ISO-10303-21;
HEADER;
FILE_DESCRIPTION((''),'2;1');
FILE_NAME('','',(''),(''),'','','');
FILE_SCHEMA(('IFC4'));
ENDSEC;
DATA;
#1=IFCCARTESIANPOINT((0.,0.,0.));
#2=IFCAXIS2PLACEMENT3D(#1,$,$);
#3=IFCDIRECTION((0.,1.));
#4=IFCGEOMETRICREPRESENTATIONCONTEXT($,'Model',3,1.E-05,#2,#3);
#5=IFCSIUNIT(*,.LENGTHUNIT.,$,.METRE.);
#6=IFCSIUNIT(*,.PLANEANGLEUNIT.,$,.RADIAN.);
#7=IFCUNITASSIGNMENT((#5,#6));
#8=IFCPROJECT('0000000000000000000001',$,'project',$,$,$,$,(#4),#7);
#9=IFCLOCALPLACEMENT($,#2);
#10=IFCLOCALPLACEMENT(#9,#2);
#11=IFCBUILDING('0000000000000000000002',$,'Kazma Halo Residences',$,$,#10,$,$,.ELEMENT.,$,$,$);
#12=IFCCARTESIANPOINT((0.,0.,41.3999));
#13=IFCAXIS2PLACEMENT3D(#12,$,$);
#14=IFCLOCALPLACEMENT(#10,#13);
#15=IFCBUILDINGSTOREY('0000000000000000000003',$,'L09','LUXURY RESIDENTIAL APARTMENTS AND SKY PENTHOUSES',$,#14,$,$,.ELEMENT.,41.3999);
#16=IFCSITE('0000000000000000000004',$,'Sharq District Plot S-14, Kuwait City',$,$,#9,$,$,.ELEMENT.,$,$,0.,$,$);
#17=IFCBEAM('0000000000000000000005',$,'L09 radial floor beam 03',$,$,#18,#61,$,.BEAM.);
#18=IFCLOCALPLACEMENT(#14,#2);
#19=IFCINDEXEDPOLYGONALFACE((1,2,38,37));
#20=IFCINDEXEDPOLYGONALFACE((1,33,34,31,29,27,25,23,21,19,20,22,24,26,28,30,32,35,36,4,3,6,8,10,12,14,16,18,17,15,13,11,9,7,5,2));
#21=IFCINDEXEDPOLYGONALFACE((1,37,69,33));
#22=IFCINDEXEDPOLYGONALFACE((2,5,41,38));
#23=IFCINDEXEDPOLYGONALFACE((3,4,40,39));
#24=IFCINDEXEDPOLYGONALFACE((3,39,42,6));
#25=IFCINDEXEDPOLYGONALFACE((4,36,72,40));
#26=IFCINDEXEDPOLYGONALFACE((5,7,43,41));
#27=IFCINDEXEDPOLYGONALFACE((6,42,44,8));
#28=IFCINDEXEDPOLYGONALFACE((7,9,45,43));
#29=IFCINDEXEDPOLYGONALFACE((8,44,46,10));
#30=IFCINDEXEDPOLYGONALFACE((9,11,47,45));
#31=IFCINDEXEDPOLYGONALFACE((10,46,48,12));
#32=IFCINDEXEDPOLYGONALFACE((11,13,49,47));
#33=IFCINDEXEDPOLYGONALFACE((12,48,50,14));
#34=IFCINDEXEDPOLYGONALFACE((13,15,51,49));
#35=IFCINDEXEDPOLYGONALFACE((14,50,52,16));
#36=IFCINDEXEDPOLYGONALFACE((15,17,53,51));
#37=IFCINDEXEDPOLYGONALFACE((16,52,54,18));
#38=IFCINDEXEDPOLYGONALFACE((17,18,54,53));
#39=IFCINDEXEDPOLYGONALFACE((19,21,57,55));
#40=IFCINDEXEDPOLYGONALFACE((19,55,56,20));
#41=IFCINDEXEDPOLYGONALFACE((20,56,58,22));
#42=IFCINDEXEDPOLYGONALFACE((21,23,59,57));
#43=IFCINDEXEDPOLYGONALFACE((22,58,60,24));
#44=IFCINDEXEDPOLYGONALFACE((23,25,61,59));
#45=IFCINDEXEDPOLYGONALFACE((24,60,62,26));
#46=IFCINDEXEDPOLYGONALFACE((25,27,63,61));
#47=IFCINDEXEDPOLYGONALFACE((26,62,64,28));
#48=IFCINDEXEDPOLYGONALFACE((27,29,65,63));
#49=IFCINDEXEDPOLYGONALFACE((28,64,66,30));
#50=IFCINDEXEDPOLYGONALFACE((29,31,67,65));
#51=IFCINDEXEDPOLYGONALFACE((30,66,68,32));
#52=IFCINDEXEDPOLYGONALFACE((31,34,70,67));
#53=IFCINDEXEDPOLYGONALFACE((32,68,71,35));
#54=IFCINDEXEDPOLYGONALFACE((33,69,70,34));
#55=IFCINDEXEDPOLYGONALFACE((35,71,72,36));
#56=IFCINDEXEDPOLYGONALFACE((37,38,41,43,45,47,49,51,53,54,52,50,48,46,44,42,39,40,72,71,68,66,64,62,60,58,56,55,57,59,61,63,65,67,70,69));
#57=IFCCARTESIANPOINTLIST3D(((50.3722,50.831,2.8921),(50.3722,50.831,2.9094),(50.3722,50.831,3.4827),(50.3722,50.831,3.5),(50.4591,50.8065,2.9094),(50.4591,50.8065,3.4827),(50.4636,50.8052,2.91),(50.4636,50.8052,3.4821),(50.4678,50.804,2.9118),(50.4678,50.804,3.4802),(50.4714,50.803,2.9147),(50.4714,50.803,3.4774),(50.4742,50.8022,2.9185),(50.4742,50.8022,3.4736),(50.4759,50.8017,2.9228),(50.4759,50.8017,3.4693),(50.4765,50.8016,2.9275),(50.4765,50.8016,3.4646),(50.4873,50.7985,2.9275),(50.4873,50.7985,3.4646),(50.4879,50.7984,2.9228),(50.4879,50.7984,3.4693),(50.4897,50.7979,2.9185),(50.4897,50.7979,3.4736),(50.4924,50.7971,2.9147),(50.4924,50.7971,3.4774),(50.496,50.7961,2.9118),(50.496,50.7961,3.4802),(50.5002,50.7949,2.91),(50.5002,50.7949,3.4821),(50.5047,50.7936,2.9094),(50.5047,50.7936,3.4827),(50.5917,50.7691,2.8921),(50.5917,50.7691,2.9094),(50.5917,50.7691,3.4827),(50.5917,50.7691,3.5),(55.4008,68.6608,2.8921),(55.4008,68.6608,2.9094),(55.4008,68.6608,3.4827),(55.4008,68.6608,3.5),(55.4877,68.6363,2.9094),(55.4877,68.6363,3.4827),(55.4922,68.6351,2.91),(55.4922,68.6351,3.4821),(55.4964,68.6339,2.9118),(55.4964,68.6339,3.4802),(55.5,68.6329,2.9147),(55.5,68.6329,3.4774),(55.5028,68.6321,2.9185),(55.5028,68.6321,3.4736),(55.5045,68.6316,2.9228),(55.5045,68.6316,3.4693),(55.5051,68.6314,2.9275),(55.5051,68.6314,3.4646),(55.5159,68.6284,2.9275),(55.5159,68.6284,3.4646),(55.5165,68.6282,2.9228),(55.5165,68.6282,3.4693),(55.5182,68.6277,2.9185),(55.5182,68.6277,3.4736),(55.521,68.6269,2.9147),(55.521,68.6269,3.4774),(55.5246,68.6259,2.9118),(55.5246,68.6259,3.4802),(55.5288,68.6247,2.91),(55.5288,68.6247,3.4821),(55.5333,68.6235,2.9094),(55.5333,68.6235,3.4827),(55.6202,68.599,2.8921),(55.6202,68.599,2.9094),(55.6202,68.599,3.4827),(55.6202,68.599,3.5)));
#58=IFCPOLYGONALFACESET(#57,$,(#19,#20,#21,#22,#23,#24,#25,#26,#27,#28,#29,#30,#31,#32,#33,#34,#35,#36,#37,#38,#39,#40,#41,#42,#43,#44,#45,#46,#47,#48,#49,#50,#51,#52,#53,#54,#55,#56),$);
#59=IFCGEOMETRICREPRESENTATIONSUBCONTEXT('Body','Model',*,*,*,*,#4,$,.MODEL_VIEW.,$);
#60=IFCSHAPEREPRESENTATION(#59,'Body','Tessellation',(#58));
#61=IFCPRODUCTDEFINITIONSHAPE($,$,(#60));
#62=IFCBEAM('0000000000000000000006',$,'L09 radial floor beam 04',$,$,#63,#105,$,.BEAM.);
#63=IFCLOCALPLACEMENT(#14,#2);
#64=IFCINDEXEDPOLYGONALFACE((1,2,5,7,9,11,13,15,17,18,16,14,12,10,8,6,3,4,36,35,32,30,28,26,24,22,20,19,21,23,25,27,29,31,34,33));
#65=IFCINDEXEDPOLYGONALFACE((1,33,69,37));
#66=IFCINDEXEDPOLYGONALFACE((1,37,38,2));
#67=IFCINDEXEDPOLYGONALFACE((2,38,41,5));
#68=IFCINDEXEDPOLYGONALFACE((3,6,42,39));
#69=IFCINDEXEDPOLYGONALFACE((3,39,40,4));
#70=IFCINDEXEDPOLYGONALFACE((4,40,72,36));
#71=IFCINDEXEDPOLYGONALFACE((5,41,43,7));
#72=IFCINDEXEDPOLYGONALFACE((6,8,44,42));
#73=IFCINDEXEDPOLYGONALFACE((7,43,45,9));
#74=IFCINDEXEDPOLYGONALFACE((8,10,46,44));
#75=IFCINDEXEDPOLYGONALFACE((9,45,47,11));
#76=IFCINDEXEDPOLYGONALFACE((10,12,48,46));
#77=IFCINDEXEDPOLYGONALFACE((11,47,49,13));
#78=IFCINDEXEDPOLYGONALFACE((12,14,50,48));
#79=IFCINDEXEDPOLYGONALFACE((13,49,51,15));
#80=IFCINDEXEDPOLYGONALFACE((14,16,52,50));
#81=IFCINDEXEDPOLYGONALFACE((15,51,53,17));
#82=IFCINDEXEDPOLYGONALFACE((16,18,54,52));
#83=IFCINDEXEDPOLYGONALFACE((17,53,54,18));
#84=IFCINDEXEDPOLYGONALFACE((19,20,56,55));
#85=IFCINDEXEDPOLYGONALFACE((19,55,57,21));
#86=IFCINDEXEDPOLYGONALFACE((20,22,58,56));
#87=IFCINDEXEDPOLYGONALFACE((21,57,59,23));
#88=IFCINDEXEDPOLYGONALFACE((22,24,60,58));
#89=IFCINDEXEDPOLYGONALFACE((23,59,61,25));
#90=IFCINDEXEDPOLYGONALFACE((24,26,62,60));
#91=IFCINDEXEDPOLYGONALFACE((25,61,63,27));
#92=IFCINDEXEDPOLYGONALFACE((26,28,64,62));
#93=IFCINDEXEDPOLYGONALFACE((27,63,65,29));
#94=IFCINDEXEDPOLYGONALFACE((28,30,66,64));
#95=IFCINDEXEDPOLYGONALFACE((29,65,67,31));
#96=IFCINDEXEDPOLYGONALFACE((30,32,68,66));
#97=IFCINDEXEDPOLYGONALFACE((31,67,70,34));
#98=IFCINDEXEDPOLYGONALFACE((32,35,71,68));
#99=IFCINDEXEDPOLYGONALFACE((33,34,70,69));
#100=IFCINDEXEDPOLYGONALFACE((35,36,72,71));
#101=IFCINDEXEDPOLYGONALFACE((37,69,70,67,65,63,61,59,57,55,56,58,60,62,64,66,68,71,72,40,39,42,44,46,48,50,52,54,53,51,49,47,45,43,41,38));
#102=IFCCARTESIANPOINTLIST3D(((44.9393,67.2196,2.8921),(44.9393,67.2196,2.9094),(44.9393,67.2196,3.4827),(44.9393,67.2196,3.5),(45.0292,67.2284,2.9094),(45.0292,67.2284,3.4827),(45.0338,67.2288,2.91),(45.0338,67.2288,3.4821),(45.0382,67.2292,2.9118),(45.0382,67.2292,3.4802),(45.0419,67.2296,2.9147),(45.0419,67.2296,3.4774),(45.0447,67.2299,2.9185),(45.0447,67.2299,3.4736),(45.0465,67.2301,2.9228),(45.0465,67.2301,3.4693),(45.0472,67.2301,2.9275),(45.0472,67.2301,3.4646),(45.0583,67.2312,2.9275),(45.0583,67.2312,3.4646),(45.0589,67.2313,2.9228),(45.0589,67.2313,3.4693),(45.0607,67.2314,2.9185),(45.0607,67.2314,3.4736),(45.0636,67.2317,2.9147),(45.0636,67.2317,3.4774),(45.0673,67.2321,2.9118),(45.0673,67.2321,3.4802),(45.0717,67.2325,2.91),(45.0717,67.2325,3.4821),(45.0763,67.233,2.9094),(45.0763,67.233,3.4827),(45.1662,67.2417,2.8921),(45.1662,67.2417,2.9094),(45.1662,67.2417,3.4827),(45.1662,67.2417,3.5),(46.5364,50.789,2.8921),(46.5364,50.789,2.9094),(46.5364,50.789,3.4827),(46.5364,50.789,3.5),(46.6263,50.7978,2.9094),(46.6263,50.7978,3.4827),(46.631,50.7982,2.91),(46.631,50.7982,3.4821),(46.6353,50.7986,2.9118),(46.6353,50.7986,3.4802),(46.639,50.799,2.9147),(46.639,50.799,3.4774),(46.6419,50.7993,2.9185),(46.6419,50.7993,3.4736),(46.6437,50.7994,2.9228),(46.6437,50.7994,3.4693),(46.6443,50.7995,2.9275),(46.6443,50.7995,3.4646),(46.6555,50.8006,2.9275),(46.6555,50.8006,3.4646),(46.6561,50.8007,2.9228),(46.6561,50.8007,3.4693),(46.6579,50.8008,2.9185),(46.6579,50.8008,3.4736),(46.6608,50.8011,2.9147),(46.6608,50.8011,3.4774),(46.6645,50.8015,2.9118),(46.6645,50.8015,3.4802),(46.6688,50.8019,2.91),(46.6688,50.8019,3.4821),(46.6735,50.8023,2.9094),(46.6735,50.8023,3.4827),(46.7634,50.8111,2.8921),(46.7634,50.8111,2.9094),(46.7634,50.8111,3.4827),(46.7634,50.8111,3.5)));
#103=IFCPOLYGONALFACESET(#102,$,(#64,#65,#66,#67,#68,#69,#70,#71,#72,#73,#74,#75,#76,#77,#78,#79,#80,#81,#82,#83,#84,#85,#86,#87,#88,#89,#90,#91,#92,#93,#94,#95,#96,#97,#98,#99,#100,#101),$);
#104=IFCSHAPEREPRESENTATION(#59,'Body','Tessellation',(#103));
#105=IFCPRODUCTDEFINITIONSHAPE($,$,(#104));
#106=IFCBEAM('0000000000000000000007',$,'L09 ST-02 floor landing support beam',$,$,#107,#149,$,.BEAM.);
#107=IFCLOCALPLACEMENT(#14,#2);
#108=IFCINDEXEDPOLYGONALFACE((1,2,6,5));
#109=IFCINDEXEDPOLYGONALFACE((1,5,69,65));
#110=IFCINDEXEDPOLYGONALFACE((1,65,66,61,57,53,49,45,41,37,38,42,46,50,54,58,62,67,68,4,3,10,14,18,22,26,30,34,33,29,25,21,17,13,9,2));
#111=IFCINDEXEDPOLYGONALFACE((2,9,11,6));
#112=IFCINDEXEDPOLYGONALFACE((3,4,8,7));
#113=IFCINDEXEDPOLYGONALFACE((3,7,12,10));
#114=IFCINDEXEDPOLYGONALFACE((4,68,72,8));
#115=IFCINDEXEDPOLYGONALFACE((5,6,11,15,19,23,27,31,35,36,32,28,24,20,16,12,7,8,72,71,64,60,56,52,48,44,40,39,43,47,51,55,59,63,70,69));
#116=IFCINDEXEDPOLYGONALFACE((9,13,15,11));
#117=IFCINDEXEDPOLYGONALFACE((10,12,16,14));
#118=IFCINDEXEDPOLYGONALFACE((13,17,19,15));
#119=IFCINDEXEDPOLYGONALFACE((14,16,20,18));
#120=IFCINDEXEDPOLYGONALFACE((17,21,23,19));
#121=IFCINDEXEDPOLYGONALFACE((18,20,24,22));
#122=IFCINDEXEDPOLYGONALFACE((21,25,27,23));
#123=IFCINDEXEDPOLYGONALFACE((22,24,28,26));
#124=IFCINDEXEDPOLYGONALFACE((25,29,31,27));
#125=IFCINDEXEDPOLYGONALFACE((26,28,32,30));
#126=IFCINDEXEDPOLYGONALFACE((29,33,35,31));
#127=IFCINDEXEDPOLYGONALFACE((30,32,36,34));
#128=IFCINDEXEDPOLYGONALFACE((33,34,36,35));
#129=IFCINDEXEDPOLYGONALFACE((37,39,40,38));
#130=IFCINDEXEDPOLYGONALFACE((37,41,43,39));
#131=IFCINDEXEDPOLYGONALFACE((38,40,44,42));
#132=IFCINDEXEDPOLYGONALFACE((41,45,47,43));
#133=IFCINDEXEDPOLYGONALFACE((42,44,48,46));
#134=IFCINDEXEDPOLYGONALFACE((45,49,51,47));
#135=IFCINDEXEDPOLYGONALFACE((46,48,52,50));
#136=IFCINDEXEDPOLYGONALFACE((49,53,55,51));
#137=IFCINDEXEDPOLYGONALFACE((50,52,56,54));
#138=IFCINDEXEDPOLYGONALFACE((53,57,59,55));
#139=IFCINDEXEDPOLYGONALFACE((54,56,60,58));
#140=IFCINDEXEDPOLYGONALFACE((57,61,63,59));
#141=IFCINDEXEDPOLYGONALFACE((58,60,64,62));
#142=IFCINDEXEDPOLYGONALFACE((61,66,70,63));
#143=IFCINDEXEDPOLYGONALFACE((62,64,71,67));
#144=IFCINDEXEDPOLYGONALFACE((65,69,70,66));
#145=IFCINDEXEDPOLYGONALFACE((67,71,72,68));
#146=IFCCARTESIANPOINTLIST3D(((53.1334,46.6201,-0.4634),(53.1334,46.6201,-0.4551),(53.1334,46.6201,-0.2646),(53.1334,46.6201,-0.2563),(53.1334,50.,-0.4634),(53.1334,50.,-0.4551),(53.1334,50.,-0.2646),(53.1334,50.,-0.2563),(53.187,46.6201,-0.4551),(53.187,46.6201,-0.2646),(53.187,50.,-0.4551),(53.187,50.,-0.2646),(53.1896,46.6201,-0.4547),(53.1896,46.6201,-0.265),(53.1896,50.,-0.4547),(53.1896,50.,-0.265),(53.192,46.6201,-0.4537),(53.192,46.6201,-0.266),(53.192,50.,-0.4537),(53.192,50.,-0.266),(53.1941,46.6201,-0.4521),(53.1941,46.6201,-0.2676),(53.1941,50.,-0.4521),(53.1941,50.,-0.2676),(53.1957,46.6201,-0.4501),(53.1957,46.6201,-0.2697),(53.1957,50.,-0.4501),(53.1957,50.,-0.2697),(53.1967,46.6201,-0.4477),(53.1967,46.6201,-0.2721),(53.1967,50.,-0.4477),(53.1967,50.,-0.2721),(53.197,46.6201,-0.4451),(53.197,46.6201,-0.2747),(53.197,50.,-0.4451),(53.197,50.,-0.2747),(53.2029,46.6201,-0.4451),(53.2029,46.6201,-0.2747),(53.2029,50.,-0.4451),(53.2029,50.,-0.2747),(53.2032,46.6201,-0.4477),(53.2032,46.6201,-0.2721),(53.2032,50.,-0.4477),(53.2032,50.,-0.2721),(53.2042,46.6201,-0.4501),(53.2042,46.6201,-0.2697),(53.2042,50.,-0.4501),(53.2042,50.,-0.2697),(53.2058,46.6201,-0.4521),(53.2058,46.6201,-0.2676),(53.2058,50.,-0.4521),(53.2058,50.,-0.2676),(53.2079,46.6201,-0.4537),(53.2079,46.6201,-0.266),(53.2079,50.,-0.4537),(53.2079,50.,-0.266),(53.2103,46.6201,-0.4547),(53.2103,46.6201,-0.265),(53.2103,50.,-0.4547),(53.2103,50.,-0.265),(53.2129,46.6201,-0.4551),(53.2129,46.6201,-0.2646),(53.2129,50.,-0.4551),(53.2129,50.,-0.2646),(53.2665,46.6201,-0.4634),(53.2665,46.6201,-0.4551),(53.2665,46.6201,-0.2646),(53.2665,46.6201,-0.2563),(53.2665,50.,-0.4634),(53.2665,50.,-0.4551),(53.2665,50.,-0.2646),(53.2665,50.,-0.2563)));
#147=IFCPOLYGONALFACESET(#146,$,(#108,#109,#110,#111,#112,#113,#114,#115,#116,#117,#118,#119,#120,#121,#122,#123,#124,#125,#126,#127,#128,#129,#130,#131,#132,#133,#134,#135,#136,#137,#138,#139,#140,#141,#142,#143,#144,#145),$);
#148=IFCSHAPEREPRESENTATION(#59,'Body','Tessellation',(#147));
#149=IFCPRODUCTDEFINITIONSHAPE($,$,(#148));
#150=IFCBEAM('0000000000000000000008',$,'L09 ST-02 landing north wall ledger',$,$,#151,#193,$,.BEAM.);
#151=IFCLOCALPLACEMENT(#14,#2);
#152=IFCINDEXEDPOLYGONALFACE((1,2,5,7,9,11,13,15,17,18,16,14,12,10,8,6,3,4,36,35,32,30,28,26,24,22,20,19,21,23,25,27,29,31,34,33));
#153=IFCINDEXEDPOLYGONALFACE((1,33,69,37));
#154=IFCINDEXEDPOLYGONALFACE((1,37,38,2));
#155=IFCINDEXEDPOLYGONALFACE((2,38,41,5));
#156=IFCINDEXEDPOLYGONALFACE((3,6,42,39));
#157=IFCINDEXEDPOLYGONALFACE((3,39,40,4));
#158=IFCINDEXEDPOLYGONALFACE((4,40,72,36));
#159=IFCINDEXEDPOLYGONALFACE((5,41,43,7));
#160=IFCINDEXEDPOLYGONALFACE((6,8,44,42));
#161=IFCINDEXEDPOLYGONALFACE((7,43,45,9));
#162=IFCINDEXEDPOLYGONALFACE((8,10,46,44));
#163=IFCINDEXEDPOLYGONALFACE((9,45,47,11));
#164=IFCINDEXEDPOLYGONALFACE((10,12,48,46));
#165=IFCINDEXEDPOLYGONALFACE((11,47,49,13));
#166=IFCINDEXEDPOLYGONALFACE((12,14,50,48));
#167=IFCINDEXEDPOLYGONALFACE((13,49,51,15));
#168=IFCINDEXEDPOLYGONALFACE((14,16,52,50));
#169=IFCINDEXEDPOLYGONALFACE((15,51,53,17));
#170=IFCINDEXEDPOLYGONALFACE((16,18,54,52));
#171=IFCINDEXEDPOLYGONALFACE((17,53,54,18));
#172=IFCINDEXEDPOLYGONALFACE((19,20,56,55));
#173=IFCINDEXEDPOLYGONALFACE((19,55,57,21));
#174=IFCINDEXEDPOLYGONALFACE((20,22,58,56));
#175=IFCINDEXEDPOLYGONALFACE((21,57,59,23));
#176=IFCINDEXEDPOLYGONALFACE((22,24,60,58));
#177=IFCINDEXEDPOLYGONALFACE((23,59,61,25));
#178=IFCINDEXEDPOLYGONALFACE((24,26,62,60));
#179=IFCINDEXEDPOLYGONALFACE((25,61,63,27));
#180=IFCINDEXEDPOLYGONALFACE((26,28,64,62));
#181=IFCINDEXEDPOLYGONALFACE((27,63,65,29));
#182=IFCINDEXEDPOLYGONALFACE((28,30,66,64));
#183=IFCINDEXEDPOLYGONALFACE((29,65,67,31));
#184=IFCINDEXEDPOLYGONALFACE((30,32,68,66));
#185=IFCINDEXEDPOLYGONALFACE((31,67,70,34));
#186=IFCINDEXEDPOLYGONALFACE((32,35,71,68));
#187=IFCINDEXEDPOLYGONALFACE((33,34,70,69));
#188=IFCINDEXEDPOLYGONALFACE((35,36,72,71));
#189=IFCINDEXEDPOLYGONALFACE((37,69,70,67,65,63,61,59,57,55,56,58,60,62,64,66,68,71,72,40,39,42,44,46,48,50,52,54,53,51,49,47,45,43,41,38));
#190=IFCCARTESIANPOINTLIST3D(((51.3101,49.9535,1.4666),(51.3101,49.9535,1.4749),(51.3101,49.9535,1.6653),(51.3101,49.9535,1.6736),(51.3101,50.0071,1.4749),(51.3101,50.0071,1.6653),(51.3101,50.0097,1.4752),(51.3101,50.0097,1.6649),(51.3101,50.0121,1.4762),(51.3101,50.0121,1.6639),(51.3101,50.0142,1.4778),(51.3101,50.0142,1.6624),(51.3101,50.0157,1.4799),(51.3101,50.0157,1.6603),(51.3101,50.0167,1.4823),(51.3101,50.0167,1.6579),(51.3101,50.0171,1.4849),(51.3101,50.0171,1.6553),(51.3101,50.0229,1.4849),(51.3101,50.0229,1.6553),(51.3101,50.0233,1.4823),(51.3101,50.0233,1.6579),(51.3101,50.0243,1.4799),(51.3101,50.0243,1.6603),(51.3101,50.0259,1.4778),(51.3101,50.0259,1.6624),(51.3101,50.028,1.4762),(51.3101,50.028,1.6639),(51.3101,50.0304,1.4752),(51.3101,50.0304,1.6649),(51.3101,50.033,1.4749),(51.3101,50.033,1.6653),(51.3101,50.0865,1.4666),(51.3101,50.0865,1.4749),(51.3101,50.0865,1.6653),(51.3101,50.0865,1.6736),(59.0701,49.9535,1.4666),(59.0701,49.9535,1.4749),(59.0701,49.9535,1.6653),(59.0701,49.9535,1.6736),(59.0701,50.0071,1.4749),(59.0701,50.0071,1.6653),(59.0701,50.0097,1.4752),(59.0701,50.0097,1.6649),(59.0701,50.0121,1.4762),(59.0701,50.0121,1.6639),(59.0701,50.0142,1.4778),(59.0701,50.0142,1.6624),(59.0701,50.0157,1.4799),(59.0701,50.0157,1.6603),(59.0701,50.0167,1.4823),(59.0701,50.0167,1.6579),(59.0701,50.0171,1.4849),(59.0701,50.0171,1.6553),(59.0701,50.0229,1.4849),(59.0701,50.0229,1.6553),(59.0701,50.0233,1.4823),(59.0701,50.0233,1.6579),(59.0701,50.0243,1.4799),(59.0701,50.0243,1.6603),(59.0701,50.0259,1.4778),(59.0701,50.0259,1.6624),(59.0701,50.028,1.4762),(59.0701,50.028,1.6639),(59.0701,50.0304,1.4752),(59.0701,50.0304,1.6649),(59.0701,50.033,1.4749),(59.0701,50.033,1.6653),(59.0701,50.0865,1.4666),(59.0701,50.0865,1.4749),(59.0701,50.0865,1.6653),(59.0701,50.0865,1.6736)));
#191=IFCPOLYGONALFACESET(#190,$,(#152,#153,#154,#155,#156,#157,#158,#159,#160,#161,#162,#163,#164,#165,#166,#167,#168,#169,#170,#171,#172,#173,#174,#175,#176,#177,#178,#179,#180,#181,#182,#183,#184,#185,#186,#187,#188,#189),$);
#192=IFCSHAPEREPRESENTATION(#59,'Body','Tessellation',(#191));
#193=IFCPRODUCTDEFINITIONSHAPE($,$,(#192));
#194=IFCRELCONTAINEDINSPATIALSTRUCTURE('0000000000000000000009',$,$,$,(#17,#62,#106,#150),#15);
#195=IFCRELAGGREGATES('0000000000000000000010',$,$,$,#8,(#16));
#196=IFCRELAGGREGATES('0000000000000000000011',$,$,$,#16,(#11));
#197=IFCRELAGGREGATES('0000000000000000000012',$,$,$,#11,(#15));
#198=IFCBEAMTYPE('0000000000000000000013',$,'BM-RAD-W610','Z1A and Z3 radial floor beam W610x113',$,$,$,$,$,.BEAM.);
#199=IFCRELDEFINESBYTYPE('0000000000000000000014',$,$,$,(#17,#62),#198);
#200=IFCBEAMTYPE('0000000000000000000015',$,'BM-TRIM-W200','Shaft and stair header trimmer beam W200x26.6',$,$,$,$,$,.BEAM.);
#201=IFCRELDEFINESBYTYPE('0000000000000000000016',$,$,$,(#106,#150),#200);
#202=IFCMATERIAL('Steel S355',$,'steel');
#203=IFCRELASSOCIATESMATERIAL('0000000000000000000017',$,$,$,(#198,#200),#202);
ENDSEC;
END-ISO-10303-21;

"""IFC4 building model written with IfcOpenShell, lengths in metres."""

from ifc_helpers import new_model, si_unit, direction, frame, origin, origin_2d, place, context, subcontext, project, spatial, i_section, extrude, material, material_profile, profile_set, type_object, element, save


model = new_model("IFC4")

# Units and contexts
model_context = context("Model", 3, precision=1e-05, world=origin(), true_north=direction((0.0, 1.0)))
body_context = subcontext(model_context, "Body", "Model", "MODEL_VIEW")
ifc_project = project(units=[si_unit("LENGTHUNIT", "METRE"), si_unit("PLANEANGLEUNIT", "RADIAN")], contexts=[model_context])

# Site, building, storey
site_placement = place(None, origin())
site = spatial("IfcSite", under=ifc_project, at=site_placement, Name="Sharq District Plot S-14, Kuwait City", CompositionType="ELEMENT", RefElevation=0.0)
building_placement = place(site_placement, origin())
building = spatial("IfcBuilding", under=site, at=building_placement, Name="Kazma Halo Residences", CompositionType="ELEMENT")
storey_placement = place(building_placement, frame((0.0, 0.0, 41.3999)))
storey = spatial("IfcBuildingStorey", under=building, at=storey_placement, Name="L09", Description="LUXURY RESIDENTIAL APARTMENTS AND SKY PENTHOUSES", CompositionType="ELEMENT", Elevation=41.3999)

# Shared definitions
ifc_material_1 = material(Name="Steel S355", Category="steel")

# Beams
ifc_material_profile_1 = material_profile(ifc_material_1, i_section(OverallWidth=0.228, OverallDepth=0.6079, WebThickness=0.0112, FlangeThickness=0.0173, FilletRadius=0.0181, at=origin_2d()), Name="W610x113")
ifc_profile_set_1 = profile_set([ifc_material_profile_1], Name="Steel S355")
beam_type_1 = type_object("IfcBeamType", Name="BM-RAD-W610", Description="Z1A and Z3 radial floor beam W610x113", PredefinedType="BEAM", material=ifc_profile_set_1)
beam_1_placement = place(storey_placement, frame((50.4819, 50.8, 3.196), z_axis=(0.271442, 0.962455, 0.0), x_axis=(-0.962455, 0.271442, 0.0)))
element("IfcBeam", 1, at=beam_1_placement, inside=storey, type_object=beam_type_1, Name="L09 radial floor beam 03", PredefinedType="BEAM", context=body_context, shape_type="SweptSolid", body=[
    extrude(i_section(OverallWidth=0.228, OverallDepth=0.6079, WebThickness=0.0112, FlangeThickness=0.0173, FilletRadius=0.0181, at=origin_2d()), origin(), (0.0, 0.0, 1.0), 18.5254),
])
beam_2_placement = place(storey_placement, frame((46.6499, 50.8, 3.196), z_axis=(-0.096751, 0.995309, 0.0), x_axis=(-0.995309, -0.096751, 0.0)))
element("IfcBeam", 2, at=beam_2_placement, inside=storey, type_object=beam_type_1, Name="L09 radial floor beam 04", PredefinedType="BEAM", context=body_context, shape_type="SweptSolid", body=[
    extrude(i_section(OverallWidth=0.228, OverallDepth=0.6079, WebThickness=0.0112, FlangeThickness=0.0173, FilletRadius=0.0181, at=origin_2d()), origin(), (0.0, 0.0, 1.0), 16.5081),
])
ifc_material_profile_2 = material_profile(ifc_material_1, i_section(OverallWidth=0.1331, OverallDepth=0.207, WebThickness=0.0059, FlangeThickness=0.0083, FilletRadius=0.01, at=origin_2d()), Name="W200x26.6")
ifc_profile_set_2 = profile_set([ifc_material_profile_2], Name="Steel S355")
beam_type_2 = type_object("IfcBeamType", Name="BM-TRIM-W200", Description="Shaft and stair header trimmer beam W200x26.6", PredefinedType="BEAM", material=ifc_profile_set_2)
beam_3_placement = place(storey_placement, frame((53.2, 46.6201, -0.3599), z_axis=(0.0, 1.0, 0.0), x_axis=(-1.0, 0.0, 0.0)))
element("IfcBeam", 3, at=beam_3_placement, inside=storey, type_object=beam_type_2, Name="L09 ST-02 floor landing support beam", PredefinedType="BEAM", context=body_context, shape_type="SweptSolid", body=[
    extrude(i_section(OverallWidth=0.1331, OverallDepth=0.207, WebThickness=0.0059, FlangeThickness=0.0083, FilletRadius=0.01, at=origin_2d()), origin(), (0.0, 0.0, 1.0), 3.3799),
])
beam_4_placement = place(storey_placement, frame((51.3101, 50.02, 1.5701), z_axis=(1.0, 0.0, 0.0), x_axis=(0.0, 1.0, 0.0)))
element("IfcBeam", 4, at=beam_4_placement, inside=storey, type_object=beam_type_2, Name="L09 ST-02 landing north wall ledger", PredefinedType="BEAM", context=body_context, shape_type="SweptSolid", body=[
    extrude(i_section(OverallWidth=0.1331, OverallDepth=0.207, WebThickness=0.0059, FlangeThickness=0.0083, FilletRadius=0.01, at=origin_2d()), origin(), (0.0, 0.0, 1.0), 7.76),
])

save(model, "model.ifc")
